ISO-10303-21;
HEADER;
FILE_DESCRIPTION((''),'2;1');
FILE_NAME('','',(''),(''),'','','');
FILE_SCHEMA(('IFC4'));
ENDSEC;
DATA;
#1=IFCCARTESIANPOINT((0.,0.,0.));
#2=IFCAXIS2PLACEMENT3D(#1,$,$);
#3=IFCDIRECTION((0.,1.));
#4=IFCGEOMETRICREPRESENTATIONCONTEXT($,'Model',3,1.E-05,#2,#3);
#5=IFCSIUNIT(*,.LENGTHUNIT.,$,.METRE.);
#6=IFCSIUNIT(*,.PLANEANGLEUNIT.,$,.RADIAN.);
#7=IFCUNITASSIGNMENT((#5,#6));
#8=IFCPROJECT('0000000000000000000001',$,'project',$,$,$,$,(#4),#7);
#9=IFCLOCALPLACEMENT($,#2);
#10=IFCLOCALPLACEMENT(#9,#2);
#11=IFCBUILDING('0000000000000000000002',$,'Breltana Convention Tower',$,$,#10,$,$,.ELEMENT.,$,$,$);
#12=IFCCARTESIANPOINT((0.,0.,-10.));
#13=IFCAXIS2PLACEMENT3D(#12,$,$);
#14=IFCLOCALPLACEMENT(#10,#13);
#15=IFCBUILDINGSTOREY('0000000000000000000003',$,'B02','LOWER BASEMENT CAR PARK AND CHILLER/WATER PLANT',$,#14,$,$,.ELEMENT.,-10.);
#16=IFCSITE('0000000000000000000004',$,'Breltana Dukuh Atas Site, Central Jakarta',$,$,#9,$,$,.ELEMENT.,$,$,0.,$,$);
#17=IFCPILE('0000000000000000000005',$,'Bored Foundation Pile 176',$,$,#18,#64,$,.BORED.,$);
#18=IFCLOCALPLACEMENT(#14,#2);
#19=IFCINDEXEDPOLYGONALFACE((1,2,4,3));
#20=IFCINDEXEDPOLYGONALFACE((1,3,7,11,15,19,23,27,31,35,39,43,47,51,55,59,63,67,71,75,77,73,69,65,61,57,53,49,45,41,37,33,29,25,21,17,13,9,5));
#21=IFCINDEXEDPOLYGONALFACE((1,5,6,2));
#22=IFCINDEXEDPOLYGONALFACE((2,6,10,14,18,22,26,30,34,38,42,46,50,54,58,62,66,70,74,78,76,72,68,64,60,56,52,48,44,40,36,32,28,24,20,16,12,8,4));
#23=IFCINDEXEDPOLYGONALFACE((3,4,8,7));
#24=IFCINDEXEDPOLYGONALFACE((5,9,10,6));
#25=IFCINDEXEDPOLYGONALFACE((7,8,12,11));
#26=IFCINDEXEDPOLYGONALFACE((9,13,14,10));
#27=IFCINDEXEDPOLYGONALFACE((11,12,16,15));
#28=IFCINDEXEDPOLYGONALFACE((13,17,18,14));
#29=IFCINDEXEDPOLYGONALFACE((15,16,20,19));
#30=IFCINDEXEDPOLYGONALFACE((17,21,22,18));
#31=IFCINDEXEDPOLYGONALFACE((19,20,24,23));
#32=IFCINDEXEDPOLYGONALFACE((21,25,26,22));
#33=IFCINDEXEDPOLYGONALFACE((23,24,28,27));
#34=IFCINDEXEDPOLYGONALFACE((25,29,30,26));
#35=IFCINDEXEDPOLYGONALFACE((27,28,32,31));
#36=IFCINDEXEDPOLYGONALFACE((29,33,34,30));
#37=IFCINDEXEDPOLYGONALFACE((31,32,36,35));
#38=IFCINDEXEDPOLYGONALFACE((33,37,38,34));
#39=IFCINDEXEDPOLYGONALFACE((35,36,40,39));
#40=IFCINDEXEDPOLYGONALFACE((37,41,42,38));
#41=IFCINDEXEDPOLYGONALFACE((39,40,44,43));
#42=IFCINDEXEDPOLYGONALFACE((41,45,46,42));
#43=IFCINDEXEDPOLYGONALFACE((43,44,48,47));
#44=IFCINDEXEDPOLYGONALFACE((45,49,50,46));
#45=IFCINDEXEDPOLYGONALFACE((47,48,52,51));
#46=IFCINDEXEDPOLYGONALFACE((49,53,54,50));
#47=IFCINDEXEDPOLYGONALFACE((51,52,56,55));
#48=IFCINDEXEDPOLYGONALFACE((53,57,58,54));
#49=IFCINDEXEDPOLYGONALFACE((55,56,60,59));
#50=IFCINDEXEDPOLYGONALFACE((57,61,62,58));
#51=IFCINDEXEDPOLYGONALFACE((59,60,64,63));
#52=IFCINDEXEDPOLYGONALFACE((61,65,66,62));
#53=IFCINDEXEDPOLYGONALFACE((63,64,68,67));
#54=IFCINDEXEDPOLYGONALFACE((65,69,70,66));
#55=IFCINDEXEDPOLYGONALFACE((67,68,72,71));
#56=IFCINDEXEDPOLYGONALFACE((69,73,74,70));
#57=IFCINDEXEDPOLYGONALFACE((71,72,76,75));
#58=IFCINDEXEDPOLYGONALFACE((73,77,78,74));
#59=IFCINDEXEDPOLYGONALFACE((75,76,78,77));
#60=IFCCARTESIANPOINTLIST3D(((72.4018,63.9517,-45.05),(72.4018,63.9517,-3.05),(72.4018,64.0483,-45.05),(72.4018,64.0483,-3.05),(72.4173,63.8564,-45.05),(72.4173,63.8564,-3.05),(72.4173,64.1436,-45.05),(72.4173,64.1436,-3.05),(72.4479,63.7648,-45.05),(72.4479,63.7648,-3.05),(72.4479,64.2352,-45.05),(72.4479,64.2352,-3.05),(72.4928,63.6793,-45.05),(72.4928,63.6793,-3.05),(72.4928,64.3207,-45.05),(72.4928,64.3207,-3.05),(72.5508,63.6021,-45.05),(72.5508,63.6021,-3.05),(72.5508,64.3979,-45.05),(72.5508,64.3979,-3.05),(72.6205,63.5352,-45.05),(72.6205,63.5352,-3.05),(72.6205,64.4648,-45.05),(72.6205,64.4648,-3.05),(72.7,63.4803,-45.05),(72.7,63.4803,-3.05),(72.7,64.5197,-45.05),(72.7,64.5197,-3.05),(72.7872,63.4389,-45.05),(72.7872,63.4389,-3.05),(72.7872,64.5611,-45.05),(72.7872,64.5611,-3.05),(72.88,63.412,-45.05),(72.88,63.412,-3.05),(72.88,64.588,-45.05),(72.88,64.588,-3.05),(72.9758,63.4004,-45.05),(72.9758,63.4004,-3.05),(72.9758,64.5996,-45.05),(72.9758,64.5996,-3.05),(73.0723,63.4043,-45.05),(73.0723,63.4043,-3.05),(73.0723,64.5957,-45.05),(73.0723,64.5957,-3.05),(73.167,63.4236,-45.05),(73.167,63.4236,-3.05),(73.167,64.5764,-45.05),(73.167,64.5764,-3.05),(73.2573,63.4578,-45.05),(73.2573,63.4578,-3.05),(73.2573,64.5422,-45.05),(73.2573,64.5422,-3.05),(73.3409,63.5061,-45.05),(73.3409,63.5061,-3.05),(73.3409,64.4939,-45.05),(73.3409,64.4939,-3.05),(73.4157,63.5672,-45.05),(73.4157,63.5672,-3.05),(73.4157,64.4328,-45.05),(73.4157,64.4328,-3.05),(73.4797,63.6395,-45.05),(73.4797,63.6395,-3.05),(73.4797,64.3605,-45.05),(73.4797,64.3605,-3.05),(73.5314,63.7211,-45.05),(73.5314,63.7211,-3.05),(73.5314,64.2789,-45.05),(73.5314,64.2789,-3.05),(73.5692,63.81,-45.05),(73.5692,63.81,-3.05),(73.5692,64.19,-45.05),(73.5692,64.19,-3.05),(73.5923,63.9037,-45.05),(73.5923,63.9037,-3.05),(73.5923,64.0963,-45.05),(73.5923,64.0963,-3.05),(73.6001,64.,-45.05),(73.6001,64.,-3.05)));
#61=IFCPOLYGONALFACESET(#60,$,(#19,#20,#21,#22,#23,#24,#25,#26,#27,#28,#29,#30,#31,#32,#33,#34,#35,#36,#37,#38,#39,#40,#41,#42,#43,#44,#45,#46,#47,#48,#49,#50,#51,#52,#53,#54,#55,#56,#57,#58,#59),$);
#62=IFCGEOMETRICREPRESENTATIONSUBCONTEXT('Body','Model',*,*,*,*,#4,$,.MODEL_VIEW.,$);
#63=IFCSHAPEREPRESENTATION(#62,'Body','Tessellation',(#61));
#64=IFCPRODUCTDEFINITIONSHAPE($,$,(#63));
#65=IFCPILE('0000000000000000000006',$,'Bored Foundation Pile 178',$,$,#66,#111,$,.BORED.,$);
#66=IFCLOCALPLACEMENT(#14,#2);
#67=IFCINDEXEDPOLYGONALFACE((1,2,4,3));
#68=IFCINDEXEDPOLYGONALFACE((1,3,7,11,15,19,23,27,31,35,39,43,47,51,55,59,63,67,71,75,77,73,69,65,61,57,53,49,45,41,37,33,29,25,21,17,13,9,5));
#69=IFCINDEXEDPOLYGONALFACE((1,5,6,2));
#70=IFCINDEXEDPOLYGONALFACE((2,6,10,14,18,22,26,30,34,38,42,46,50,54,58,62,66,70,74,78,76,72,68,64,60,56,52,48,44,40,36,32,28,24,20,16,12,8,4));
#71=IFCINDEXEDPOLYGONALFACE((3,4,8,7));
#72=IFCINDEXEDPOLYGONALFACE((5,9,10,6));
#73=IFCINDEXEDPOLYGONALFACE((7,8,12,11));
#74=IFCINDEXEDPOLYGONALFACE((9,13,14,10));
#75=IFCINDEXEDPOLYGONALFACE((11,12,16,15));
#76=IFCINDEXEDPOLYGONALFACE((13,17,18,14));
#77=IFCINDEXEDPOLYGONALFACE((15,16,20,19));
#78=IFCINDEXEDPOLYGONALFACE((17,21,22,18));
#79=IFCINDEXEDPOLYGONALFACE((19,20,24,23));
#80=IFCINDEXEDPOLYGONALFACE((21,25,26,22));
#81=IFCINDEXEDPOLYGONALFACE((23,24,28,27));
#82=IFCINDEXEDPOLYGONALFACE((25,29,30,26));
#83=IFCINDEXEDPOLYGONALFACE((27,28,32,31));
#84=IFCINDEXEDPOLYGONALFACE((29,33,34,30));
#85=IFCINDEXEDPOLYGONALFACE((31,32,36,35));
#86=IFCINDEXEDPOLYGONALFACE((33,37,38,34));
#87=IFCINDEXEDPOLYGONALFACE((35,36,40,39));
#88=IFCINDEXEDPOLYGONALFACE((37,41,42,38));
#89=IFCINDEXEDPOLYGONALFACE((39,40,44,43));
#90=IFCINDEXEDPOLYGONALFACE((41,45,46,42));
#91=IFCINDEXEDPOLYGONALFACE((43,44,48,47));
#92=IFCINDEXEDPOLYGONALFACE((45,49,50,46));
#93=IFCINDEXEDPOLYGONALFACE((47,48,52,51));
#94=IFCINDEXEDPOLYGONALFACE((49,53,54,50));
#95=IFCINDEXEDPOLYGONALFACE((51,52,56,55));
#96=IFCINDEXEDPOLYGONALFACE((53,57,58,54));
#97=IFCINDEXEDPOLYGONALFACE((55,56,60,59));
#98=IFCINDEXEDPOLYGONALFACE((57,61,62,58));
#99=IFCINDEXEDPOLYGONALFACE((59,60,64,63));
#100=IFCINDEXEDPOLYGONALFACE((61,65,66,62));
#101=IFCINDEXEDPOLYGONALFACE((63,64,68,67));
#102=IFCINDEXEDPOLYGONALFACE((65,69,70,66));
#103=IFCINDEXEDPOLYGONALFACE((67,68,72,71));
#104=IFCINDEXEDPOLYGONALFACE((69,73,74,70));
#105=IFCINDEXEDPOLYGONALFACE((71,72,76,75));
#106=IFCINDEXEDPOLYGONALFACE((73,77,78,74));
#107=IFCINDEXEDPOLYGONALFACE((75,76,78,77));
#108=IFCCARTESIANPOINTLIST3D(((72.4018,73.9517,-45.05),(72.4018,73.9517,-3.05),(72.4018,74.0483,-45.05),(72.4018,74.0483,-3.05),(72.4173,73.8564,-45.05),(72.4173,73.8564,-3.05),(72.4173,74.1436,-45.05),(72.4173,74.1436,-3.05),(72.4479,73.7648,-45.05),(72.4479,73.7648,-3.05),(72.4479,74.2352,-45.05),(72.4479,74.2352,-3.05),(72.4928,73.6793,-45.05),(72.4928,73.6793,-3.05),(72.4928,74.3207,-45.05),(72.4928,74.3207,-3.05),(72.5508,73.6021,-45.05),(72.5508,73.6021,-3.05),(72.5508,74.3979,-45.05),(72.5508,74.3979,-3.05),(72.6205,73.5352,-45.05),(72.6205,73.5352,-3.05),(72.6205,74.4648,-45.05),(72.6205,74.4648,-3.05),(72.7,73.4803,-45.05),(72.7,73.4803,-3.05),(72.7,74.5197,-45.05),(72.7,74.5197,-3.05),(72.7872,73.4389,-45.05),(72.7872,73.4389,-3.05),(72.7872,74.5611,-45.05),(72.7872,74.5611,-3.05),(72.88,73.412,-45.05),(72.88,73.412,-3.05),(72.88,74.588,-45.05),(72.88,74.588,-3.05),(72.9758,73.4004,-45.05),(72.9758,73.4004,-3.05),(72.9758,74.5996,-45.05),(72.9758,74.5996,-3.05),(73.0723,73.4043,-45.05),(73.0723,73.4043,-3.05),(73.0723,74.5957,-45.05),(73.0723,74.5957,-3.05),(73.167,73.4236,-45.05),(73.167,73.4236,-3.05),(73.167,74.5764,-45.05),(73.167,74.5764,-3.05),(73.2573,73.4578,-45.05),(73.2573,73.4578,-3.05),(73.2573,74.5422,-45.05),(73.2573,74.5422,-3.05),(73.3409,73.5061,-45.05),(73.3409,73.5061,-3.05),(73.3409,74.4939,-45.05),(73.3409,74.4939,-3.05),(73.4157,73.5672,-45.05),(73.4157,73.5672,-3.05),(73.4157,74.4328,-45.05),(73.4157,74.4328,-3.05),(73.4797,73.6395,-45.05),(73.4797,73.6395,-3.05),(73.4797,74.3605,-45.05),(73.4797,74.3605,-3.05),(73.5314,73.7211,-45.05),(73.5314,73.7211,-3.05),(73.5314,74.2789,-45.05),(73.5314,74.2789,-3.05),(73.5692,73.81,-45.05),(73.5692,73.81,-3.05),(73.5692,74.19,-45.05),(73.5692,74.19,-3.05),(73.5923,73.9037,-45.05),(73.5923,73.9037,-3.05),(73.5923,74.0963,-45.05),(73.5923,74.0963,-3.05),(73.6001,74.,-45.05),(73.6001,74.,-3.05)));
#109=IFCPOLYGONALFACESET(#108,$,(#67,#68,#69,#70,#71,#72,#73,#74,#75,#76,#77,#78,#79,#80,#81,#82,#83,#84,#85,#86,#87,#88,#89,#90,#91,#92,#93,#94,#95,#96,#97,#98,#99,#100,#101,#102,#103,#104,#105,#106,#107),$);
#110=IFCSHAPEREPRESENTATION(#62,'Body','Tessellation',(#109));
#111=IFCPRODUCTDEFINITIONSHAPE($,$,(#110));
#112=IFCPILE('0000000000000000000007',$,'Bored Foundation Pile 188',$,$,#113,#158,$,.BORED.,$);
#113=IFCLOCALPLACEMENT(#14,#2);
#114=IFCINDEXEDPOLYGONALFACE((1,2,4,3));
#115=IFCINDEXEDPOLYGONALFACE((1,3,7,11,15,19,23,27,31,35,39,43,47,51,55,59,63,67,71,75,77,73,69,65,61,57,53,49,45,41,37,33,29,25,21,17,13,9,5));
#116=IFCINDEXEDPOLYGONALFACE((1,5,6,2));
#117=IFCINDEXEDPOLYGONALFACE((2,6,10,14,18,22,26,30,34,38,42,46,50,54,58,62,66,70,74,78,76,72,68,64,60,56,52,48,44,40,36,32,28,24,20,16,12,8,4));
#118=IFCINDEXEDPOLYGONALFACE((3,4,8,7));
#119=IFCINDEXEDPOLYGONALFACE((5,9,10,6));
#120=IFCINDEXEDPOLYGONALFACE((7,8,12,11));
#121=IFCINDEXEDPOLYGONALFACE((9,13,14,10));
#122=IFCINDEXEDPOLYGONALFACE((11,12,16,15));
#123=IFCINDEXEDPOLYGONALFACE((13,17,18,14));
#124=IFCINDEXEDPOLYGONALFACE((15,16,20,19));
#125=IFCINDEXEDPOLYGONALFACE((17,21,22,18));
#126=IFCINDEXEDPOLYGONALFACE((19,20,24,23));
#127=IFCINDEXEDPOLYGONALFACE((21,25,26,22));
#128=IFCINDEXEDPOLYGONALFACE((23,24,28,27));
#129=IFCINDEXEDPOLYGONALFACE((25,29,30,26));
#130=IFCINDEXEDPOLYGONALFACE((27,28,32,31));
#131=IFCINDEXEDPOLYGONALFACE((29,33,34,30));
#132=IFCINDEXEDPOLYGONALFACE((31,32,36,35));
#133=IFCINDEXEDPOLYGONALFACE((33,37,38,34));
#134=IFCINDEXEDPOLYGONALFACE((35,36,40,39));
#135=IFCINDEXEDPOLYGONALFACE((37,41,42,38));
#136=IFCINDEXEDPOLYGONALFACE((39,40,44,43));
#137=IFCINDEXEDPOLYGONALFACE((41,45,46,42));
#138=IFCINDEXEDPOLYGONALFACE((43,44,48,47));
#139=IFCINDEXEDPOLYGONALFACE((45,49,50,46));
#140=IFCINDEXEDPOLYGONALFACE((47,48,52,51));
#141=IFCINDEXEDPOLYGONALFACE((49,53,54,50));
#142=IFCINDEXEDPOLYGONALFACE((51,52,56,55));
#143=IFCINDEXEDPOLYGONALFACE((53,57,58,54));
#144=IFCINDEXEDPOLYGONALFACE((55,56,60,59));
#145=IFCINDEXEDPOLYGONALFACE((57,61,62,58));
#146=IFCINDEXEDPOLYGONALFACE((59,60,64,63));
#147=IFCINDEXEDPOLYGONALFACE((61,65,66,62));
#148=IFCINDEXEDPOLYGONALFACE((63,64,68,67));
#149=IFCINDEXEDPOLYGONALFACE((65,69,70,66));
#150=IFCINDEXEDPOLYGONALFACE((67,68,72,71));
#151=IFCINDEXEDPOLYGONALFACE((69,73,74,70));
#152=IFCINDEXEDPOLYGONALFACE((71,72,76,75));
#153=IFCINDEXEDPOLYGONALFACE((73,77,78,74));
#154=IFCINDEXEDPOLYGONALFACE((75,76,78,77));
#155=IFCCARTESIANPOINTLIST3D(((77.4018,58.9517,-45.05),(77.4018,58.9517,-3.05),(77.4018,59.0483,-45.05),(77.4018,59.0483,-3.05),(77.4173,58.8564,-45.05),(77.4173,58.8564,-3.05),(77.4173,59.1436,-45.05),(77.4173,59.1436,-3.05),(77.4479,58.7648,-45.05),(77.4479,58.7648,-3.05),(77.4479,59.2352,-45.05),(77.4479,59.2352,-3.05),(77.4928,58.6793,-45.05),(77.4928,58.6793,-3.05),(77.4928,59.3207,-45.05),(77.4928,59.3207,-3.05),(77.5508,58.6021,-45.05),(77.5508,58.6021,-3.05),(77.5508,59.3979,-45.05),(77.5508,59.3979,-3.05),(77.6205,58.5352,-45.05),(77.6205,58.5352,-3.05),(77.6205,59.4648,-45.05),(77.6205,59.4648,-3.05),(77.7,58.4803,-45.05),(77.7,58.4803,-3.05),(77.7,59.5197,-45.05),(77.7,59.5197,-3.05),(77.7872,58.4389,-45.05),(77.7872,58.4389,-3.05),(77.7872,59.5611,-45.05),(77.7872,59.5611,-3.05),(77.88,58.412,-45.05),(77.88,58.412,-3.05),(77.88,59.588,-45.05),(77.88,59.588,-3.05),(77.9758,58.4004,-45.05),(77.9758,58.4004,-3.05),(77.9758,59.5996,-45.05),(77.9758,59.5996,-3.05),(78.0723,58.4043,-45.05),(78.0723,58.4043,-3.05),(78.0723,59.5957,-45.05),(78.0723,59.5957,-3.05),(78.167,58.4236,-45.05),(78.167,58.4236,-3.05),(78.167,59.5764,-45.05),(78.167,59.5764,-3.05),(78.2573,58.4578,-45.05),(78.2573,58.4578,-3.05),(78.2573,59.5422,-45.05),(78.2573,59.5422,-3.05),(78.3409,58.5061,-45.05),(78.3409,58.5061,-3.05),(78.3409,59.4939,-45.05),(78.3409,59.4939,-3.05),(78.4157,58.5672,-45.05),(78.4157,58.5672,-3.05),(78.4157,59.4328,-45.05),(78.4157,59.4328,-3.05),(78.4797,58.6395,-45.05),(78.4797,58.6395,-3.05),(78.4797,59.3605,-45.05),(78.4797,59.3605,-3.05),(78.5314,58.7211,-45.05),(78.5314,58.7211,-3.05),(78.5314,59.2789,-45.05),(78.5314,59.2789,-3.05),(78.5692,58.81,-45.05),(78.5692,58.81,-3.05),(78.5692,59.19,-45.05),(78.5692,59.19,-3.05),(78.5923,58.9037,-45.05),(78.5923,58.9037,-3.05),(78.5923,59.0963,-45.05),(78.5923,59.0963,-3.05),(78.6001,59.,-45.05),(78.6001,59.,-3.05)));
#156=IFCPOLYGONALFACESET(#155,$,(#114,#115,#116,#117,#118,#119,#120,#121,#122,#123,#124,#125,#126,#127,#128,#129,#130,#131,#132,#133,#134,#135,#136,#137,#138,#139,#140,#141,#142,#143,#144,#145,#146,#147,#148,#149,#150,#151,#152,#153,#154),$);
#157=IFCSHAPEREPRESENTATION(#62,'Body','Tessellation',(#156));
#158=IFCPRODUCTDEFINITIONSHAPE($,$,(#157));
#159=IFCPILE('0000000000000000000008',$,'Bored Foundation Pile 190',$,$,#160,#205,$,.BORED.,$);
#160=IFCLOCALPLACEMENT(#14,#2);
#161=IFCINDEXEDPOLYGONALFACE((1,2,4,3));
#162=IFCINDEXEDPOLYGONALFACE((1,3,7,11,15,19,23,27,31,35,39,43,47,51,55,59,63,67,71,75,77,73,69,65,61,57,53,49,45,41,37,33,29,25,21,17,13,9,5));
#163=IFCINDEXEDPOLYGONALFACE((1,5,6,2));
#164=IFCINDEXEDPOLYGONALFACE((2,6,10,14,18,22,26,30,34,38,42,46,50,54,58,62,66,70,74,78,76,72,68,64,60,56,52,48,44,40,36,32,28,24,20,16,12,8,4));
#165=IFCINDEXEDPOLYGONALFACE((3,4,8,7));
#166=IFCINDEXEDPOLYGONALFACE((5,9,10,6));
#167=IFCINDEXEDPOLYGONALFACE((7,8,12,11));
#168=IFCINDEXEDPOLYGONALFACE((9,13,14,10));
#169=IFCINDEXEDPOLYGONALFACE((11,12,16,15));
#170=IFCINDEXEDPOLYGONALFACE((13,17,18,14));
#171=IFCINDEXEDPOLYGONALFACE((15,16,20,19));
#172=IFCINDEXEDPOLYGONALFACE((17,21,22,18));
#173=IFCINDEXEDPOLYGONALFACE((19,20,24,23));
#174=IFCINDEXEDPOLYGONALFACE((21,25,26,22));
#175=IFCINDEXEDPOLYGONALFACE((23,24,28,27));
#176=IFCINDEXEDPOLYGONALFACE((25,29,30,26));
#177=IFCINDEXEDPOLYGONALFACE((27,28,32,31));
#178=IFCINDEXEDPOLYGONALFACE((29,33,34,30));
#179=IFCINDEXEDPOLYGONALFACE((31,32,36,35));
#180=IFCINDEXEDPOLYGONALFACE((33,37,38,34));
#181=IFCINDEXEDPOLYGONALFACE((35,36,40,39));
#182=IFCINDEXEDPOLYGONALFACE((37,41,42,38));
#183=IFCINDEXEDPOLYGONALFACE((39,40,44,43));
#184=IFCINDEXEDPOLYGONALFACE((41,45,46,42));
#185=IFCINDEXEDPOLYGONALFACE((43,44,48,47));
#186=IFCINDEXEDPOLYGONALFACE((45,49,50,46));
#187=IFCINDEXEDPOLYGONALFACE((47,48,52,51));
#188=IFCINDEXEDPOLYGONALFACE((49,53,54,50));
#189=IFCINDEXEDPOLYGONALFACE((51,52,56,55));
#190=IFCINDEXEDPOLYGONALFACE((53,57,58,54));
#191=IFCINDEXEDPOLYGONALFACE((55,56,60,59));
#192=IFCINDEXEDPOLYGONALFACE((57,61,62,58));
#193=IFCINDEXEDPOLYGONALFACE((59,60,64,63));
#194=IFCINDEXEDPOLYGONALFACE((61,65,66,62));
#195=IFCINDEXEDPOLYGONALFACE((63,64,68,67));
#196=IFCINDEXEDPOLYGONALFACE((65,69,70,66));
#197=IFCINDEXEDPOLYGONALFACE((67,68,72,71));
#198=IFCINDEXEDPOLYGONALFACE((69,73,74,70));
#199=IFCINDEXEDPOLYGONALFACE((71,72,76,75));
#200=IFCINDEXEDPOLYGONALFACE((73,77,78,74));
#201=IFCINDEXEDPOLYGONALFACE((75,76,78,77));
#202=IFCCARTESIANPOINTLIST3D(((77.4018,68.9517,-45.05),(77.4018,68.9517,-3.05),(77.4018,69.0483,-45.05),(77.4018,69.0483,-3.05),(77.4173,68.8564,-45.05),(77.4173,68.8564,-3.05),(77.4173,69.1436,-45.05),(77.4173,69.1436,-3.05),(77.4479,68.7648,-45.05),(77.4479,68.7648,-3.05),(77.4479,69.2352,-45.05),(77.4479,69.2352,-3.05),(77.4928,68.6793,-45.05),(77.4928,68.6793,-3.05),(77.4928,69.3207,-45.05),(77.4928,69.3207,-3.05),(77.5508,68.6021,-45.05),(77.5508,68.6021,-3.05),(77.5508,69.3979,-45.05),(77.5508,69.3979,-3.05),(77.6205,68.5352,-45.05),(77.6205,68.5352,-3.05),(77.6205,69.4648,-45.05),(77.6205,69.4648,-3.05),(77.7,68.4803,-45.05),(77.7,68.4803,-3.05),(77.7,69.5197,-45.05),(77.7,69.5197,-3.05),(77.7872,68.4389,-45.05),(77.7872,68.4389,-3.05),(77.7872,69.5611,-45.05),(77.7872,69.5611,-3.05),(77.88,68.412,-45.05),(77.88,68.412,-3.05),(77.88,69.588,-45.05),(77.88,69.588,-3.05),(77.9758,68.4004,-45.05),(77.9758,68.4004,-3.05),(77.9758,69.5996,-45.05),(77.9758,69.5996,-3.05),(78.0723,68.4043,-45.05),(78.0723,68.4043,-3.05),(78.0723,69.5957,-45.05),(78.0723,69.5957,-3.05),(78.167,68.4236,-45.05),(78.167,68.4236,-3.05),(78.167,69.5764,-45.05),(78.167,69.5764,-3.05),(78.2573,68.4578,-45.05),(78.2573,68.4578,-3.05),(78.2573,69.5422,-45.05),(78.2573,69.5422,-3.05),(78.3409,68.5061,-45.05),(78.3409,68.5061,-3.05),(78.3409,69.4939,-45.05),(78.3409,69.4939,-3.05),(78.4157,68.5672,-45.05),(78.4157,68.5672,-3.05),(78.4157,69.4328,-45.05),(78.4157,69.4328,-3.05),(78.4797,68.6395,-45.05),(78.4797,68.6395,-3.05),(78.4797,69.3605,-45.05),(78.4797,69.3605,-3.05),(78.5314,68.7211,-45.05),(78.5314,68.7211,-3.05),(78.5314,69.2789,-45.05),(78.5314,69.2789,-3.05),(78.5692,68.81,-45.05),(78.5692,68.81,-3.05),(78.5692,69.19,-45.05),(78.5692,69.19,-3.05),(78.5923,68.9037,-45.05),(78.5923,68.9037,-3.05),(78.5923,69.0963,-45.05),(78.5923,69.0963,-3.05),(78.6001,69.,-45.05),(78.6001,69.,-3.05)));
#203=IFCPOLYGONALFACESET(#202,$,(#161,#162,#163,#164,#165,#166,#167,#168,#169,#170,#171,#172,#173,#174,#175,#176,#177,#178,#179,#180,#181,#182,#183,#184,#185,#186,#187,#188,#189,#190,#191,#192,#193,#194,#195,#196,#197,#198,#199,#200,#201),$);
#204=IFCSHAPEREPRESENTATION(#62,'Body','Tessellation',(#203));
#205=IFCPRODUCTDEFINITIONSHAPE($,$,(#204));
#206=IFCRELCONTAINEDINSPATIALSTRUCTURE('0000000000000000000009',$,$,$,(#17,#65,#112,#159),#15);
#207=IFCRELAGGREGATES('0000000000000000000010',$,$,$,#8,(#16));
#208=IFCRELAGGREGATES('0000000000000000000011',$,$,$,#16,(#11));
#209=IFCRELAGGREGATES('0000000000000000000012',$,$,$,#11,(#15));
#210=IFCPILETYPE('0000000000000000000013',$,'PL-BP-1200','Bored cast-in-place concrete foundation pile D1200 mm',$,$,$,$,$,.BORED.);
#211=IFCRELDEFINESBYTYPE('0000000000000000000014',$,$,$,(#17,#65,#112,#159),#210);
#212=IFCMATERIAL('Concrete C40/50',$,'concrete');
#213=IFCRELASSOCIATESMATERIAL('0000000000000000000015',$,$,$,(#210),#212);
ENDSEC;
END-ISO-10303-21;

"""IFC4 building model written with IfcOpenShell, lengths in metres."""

from ifc_helpers import new_model, si_unit, direction, frame, origin, origin_2d, place, context, subcontext, project, spatial, circle, extrude, source, transform, mapped, material, material_profile, profile_set, type_object, type_shapes, element, save


model = new_model("IFC4")

# Units and contexts
model_context = context("Model", 3, precision=1e-05, world=origin(), true_north=direction((0.0, 1.0)))
body_context = subcontext(model_context, "Body", "Model", "MODEL_VIEW")
ifc_project = project(units=[si_unit("LENGTHUNIT", "METRE"), si_unit("PLANEANGLEUNIT", "RADIAN")], contexts=[model_context])

# Site, building, storey
site_placement = place(None, origin())
site = spatial("IfcSite", under=ifc_project, at=site_placement, Name="Breltana Dukuh Atas Site, Central Jakarta", CompositionType="ELEMENT", RefElevation=0.0)
building_placement = place(site_placement, origin())
building = spatial("IfcBuilding", under=site, at=building_placement, Name="Breltana Convention Tower", CompositionType="ELEMENT")
storey_placement = place(building_placement, frame((0.0, 0.0, -10.0)))
storey = spatial("IfcBuildingStorey", under=building, at=storey_placement, Name="B02", Description="LOWER BASEMENT CAR PARK AND CHILLER/WATER PLANT", CompositionType="ELEMENT", Elevation=-10.0)

# Piles
ifc_material_1 = material(Name="Concrete C40/50", Category="concrete")
ifc_material_profile_1 = material_profile(ifc_material_1, circle(Radius=0.6001, at=origin_2d()), Name="BP-D1200")
ifc_profile_set_1 = profile_set([ifc_material_profile_1], Name="Concrete C40/50")
pile_type_1 = type_object("IfcPileType", Name="PL-BP-1200", Description="Bored cast-in-place concrete foundation pile D1200 mm", PredefinedType="BORED", material=ifc_profile_set_1)
shared_shape_1 = source(origin(), body_context, "Body", "SweptSolid", [
    extrude(circle(Radius=0.6001, at=origin_2d()), origin(), (0.0, 0.0, 1.0), 42.0),
])
type_shapes(pile_type_1, [shared_shape_1])
for number, where, z_axis, x_axis, name in (
    (1, (73.0, 64.0, -3.05), (0.0, 0.0, -1.0), (1.0, 0.0, 0.0), "Bored Foundation Pile 176"),
    (2, (73.0, 74.0, -3.05), (0.0, 0.0, -1.0), (1.0, 0.0, 0.0), "Bored Foundation Pile 178"),
    (3, (78.0, 59.0, -3.05), (0.0, 0.0, -1.0), (1.0, 0.0, 0.0), "Bored Foundation Pile 188"),
    (4, (78.0, 69.0, -3.05), (0.0, 0.0, -1.0), (1.0, 0.0, 0.0), "Bored Foundation Pile 190"),
):
    element("IfcPile", number, at=place(storey_placement, frame(where, z_axis=z_axis, x_axis=x_axis)), inside=storey, type_object=pile_type_1, Name=name, PredefinedType="BORED", context=body_context, shape_type="MappedRepresentation", body=[
        mapped(shared_shape_1, transform((0.0, 0.0, 0.0), scale=1.0)),
    ])

save(model, "model.ifc")
